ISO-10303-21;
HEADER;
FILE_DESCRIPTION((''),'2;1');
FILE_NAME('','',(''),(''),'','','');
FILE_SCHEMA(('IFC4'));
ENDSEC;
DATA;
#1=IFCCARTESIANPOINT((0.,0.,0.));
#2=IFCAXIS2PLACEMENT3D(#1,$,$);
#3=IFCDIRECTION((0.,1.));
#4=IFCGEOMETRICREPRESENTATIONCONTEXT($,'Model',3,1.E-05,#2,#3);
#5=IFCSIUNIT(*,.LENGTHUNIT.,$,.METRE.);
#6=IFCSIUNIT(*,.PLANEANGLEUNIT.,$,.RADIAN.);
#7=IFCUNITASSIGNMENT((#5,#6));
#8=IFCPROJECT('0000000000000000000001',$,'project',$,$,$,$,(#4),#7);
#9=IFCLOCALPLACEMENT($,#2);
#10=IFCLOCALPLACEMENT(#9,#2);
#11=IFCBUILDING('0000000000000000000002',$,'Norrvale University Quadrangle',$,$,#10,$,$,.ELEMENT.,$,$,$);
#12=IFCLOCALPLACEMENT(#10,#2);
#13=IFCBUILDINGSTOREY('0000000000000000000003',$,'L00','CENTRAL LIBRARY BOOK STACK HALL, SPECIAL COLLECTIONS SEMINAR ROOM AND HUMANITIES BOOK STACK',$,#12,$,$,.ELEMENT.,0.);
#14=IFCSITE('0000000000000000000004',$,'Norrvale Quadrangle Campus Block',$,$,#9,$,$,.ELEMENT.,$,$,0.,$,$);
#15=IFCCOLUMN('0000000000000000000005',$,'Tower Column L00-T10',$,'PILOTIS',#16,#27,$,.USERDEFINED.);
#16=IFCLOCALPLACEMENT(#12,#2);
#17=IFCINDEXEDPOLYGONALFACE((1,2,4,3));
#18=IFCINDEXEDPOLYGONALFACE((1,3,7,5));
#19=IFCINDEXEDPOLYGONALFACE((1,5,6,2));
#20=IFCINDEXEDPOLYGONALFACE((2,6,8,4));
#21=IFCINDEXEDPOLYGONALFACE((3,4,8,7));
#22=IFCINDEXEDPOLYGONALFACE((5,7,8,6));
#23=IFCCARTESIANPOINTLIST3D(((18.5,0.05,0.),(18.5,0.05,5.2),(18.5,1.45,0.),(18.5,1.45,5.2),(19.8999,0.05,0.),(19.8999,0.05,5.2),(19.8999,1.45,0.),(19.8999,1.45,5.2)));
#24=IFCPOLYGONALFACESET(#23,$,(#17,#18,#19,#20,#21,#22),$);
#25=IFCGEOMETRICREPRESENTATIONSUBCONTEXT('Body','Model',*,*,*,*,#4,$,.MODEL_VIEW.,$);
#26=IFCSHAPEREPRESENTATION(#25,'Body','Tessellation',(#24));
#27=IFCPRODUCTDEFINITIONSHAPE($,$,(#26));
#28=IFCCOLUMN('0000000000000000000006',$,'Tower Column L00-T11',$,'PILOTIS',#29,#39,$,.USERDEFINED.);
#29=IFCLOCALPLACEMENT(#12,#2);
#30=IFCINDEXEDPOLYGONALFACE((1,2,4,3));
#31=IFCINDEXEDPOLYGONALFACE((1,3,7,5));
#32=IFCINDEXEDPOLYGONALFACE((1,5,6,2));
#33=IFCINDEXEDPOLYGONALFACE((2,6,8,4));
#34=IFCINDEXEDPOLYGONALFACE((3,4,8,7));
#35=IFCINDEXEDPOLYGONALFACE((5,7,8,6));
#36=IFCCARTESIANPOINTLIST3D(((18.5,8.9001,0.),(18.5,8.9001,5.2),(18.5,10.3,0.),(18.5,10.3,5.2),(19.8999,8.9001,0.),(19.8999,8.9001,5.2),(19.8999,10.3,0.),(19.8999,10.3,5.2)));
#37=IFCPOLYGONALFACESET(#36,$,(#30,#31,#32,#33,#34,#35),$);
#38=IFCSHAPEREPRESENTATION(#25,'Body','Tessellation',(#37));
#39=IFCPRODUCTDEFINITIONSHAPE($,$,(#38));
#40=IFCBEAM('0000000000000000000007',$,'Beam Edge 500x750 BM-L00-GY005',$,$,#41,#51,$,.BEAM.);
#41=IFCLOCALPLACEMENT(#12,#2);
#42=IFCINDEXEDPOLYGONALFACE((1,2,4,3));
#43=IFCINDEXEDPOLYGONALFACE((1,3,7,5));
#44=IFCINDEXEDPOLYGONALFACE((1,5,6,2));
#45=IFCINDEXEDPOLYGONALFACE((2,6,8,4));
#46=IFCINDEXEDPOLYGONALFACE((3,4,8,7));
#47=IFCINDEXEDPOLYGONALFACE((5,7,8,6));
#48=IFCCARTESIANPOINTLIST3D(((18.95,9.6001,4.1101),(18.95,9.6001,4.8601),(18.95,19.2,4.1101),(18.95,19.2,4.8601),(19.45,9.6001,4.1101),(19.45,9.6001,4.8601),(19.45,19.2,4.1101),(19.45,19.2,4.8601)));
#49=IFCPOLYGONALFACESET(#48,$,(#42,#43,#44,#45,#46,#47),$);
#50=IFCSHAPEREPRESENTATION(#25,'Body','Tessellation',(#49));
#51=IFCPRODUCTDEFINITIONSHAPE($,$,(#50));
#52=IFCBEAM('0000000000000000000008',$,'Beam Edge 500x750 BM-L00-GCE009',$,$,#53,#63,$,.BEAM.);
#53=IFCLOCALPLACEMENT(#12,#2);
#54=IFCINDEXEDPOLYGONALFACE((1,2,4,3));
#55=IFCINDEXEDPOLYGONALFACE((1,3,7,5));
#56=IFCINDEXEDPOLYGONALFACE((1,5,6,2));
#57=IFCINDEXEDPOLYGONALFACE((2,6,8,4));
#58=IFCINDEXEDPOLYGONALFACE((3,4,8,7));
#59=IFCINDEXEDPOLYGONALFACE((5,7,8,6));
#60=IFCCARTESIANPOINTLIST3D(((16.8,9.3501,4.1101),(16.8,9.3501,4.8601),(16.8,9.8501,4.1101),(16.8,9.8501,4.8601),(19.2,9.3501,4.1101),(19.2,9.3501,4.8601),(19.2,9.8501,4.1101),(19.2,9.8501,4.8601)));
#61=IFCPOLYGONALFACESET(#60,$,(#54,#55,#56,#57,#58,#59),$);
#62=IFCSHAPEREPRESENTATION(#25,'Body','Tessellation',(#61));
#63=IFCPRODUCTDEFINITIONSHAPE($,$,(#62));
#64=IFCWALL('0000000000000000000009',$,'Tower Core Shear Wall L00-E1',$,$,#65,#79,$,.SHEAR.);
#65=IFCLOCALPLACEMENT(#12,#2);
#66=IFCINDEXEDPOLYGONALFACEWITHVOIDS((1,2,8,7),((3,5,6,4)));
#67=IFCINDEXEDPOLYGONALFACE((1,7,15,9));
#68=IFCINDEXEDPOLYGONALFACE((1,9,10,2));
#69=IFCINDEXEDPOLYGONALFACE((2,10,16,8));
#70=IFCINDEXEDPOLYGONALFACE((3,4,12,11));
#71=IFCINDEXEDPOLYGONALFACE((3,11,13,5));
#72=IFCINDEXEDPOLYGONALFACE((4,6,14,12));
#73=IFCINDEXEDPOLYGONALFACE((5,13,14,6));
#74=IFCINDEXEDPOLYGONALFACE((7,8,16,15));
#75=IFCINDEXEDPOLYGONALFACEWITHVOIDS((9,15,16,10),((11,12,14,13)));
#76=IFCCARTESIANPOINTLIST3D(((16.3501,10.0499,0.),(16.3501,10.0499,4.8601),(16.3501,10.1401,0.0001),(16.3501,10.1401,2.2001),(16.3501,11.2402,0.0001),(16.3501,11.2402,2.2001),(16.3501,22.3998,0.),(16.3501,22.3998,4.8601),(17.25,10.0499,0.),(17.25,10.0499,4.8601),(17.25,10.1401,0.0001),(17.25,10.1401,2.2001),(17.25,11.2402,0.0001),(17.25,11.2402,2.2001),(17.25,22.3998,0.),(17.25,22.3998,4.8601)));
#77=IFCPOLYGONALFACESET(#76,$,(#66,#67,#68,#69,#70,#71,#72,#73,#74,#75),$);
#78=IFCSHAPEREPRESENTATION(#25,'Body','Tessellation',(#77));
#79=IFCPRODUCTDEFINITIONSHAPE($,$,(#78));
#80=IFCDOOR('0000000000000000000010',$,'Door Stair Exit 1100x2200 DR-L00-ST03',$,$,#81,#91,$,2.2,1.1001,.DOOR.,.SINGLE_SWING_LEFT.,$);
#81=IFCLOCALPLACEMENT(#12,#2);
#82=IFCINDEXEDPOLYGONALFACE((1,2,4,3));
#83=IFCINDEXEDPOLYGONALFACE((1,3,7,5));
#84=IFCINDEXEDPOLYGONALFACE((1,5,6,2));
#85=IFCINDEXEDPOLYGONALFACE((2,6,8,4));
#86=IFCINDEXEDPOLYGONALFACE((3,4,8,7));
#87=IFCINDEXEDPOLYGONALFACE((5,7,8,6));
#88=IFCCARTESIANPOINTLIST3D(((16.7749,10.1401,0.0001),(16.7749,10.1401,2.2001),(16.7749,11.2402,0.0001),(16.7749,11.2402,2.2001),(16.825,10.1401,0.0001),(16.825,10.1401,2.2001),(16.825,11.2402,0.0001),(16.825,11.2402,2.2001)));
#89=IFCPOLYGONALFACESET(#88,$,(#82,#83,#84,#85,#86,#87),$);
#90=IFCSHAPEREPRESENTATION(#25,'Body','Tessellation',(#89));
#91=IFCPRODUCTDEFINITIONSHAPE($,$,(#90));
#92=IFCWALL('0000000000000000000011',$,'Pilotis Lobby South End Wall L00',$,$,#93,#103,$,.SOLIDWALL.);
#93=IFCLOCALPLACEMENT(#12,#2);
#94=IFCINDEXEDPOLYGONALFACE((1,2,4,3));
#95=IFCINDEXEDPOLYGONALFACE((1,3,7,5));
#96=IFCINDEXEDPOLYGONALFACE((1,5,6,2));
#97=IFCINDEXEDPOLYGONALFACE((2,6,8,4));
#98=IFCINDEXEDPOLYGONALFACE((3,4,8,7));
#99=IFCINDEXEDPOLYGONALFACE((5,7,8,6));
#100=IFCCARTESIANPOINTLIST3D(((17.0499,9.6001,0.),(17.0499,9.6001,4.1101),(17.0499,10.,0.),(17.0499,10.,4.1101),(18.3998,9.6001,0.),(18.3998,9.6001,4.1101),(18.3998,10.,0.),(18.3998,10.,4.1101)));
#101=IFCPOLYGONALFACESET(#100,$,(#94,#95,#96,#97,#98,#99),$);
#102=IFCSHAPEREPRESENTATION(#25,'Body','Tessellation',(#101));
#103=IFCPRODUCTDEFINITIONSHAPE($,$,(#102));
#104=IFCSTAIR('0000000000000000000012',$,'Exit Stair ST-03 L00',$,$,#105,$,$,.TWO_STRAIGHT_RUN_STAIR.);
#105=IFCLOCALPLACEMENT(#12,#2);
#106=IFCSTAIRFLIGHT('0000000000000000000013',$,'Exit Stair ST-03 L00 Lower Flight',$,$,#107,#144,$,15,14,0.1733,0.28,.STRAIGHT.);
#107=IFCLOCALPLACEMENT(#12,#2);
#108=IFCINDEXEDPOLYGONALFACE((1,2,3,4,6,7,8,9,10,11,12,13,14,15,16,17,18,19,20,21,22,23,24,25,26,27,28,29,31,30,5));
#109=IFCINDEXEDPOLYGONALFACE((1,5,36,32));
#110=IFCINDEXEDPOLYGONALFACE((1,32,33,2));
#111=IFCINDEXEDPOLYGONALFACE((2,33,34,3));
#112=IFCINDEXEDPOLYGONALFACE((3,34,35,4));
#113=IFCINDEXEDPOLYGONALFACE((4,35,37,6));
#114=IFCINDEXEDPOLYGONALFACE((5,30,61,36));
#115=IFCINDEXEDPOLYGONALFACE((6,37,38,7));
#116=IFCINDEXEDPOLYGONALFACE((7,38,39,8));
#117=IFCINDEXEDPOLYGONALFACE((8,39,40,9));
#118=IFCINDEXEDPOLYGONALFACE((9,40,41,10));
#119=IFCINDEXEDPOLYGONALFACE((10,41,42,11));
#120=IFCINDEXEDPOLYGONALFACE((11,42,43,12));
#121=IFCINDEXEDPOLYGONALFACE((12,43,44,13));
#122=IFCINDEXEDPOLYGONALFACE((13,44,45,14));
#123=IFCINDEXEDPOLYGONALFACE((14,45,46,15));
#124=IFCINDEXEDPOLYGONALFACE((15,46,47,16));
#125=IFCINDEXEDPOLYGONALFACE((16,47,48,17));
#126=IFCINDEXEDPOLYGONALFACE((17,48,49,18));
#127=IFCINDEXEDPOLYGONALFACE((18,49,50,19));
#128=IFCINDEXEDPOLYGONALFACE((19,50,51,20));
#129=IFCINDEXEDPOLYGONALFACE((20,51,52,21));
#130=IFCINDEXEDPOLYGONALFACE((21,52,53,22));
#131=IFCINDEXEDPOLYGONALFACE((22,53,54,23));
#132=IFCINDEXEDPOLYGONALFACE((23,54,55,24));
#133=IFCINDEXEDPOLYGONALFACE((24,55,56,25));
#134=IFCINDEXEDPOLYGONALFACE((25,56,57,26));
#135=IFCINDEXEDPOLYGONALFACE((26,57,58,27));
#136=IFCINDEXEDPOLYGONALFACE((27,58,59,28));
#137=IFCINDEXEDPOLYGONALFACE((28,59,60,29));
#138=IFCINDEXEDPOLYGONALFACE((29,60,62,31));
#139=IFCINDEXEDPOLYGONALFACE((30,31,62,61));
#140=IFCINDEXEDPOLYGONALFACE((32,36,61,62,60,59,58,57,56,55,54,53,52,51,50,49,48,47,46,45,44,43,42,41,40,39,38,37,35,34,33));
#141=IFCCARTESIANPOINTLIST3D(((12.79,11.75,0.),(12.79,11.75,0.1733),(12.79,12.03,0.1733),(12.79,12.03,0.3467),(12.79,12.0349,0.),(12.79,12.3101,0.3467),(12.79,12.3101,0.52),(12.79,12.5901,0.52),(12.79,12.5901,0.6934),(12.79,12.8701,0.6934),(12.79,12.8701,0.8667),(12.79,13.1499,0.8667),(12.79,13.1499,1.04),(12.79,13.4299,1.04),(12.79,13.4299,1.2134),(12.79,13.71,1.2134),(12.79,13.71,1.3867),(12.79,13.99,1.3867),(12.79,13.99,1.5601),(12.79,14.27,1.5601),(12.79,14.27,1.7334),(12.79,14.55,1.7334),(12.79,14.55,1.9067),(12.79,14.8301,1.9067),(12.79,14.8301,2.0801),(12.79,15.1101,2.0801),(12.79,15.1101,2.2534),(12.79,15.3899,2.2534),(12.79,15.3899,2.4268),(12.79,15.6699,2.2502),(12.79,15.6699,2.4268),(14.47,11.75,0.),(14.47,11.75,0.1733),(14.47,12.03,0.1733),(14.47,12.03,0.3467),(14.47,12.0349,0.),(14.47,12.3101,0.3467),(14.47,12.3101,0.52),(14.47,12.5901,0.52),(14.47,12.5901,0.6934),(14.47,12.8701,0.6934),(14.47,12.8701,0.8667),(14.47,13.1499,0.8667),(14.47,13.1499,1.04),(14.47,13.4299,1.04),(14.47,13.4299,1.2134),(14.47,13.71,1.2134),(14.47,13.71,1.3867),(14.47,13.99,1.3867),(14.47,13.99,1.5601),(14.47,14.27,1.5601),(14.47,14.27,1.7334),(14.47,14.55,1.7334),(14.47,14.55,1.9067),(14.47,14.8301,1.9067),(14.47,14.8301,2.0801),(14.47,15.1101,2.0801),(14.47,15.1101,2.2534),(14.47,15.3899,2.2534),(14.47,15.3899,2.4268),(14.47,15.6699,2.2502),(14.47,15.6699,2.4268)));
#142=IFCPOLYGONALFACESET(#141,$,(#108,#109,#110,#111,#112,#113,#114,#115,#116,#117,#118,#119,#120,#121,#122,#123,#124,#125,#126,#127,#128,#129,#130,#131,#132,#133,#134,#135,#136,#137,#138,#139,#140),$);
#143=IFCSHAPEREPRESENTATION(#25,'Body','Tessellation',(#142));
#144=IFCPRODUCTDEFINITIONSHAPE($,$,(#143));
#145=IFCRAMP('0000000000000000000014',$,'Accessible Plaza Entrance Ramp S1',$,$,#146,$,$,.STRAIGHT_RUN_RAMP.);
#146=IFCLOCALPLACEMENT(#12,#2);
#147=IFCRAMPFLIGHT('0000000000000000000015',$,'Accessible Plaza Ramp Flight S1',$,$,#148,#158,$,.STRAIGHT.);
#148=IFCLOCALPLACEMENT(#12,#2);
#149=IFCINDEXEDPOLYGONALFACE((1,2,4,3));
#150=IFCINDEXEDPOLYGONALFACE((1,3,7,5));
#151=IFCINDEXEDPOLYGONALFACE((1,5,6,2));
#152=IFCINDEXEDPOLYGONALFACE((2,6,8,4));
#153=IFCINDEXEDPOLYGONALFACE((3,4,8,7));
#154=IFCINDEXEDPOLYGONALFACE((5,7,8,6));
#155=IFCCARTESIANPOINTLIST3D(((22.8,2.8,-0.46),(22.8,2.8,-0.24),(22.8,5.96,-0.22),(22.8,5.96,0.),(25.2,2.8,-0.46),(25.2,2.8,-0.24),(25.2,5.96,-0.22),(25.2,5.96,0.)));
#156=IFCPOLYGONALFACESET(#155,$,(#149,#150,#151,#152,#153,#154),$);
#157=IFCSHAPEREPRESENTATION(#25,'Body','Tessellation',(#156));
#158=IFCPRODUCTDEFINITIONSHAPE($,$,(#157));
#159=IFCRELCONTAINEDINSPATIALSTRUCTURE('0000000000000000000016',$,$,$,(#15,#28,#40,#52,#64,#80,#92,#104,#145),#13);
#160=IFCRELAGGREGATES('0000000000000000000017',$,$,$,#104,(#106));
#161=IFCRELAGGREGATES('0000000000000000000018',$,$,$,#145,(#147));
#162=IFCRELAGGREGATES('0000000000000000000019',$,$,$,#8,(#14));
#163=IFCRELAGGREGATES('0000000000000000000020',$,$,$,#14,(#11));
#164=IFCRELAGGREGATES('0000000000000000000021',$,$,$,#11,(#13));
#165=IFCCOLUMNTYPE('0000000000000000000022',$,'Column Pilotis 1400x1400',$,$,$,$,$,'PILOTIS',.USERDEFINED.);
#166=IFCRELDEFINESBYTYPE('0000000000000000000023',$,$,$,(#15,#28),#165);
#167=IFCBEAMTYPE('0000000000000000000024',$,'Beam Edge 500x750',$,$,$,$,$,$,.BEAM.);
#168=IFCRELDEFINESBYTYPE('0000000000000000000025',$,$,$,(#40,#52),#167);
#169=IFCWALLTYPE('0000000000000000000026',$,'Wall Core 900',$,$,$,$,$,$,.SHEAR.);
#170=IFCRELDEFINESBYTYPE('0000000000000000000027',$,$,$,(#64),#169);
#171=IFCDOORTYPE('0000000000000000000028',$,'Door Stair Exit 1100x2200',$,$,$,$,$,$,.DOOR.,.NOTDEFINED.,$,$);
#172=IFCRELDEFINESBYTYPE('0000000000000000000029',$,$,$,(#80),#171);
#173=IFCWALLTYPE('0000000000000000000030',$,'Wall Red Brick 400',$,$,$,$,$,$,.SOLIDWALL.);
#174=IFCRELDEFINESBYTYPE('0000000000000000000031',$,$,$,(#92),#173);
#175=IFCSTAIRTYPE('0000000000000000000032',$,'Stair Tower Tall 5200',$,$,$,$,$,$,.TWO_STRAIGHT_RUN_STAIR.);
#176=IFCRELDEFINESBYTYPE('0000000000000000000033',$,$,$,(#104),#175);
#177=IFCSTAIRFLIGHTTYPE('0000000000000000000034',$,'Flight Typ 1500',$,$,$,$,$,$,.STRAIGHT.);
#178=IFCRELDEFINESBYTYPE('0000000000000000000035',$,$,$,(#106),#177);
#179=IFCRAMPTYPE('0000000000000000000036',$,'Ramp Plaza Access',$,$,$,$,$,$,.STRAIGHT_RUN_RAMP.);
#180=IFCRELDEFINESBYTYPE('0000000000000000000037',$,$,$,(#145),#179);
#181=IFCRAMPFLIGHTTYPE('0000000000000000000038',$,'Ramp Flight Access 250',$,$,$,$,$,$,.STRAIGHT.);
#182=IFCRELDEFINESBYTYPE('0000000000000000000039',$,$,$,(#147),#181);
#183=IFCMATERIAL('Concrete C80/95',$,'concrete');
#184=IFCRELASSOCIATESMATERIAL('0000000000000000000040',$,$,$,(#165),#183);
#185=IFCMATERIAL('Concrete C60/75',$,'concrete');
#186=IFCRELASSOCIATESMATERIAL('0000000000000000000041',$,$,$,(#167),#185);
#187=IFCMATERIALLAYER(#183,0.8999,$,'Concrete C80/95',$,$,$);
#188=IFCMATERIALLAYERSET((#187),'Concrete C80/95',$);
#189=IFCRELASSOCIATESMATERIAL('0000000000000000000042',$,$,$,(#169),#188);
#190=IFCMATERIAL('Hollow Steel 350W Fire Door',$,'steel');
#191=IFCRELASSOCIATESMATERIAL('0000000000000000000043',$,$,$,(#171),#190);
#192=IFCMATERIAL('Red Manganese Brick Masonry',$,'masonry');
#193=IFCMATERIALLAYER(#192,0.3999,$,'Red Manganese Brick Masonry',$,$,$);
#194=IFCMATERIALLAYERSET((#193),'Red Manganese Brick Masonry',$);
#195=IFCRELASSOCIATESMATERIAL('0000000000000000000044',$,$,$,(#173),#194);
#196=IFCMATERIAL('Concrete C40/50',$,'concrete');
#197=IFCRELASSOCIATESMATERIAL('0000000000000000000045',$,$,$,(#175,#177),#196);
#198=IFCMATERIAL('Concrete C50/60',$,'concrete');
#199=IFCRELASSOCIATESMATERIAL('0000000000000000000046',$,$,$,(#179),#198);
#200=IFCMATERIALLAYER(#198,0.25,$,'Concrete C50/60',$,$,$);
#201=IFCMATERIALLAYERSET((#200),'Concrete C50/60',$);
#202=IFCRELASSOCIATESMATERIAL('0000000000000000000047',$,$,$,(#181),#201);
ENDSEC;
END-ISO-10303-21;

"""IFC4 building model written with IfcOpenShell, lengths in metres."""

from ifc_helpers import new_model, si_unit, direction, frame, frame_2d, origin, origin_2d, place, context, subcontext, project, spatial, polyline, rectangle, outline, extrude, material, layer, layer_set, material_profile, profile_set, type_object, element, fill, aggregate, save


model = new_model("IFC4")

# Units and contexts
model_context = context("Model", 3, precision=1e-05, world=origin(), true_north=direction((0.0, 1.0)))
body_context = subcontext(model_context, "Body", "Model", "MODEL_VIEW")
ifc_project = project(units=[si_unit("LENGTHUNIT", "METRE"), si_unit("PLANEANGLEUNIT", "RADIAN")], contexts=[model_context])

# Site, building, storey
site_placement = place(None, origin())
site = spatial("IfcSite", under=ifc_project, at=site_placement, Name="Norrvale Quadrangle Campus Block", CompositionType="ELEMENT", RefElevation=0.0)
building_placement = place(site_placement, origin())
building = spatial("IfcBuilding", under=site, at=building_placement, Name="Norrvale University Quadrangle", CompositionType="ELEMENT")
storey_placement = place(building_placement, origin())
storey = spatial("IfcBuildingStorey", under=building, at=storey_placement, Name="L00", Description="CENTRAL LIBRARY BOOK STACK HALL, SPECIAL COLLECTIONS SEMINAR ROOM AND HUMANITIES BOOK STACK", CompositionType="ELEMENT", Elevation=0.0)

# Columns
ifc_material_1 = material(Name="Concrete C80/95", Category="concrete")
ifc_material_profile_1 = material_profile(ifc_material_1, rectangle(XDim=1.3999, YDim=1.3999, at=origin_2d()), Name="Concrete C80/95")
ifc_profile_set_1 = profile_set([ifc_material_profile_1], Name="Concrete C80/95")
column_type = type_object("IfcColumnType", Name="Column Pilotis 1400x1400", ElementType="PILOTIS", PredefinedType="USERDEFINED", material=ifc_profile_set_1)
for number, where, z_axis, x_axis, name in (
    (1, (19.2, 0.75, 0.0), (0.0, 0.0, 1.0), (1.0, 0.0, 0.0), "Tower Column L00-T10"),
    (2, (19.2, 9.6001, 0.0), (0.0, 0.0, 1.0), (1.0, 0.0, 0.0), "Tower Column L00-T11"),
):
    element("IfcColumn", number, at=place(storey_placement, frame(where, z_axis=z_axis, x_axis=x_axis)), inside=storey, type_object=column_type, Name=name, ObjectType="PILOTIS", PredefinedType="USERDEFINED", context=body_context, shape_type="SweptSolid", body=[
        extrude(rectangle(XDim=1.3999, YDim=1.3999, at=origin_2d()), origin(), (0.0, 0.0, 1.0), 5.2),
    ])

# Beams
ifc_material_2 = material(Name="Concrete C60/75", Category="concrete")
ifc_material_profile_2 = material_profile(ifc_material_2, rectangle(XDim=0.5, YDim=0.75, at=origin_2d()), Name="Concrete C60/75")
ifc_profile_set_2 = profile_set([ifc_material_profile_2], Name="Concrete C60/75")
beam_type = type_object("IfcBeamType", Name="Beam Edge 500x750", PredefinedType="BEAM", material=ifc_profile_set_2)
beam_1_placement = place(storey_placement, frame((19.2, 9.6001, 4.4851), z_axis=(0.0, 1.0, 0.0), x_axis=(-1.0, 0.0, 0.0)))
element("IfcBeam", 3, at=beam_1_placement, inside=storey, type_object=beam_type, Name="Beam Edge 500x750 BM-L00-GY005", PredefinedType="BEAM", context=body_context, shape_type="SweptSolid", body=[
    extrude(rectangle(XDim=0.5, YDim=0.75, at=origin_2d()), origin(), (0.0, 0.0, 1.0), 9.5999),
])
beam_2_placement = place(storey_placement, frame((16.8, 9.6001, 4.4851), z_axis=(1.0, 0.0, 0.0), x_axis=(0.0, 1.0, 0.0)))
element("IfcBeam", 4, at=beam_2_placement, inside=storey, type_object=beam_type, Name="Beam Edge 500x750 BM-L00-GCE009", PredefinedType="BEAM", context=body_context, shape_type="SweptSolid", body=[
    extrude(rectangle(XDim=0.5, YDim=0.75, at=origin_2d()), origin(), (0.0, 0.0, 1.0), 2.3999),
])

# Wall, opening, door
ifc_layer_1 = layer(ifc_material_1, 0.8999, Name="Concrete C80/95")
ifc_layer_set_1 = layer_set([ifc_layer_1], Name="Concrete C80/95")
wall_type_1 = type_object("IfcWallType", Name="Wall Core 900", PredefinedType="SHEAR", material=ifc_layer_set_1)
wall_1_placement = place(storey_placement, frame((16.8, 10.05, 0.0), z_axis=(0.0, 0.0, 1.0), x_axis=(0.0, 1.0, 0.0)))
wall_1 = element("IfcWall", 5, at=wall_1_placement, inside=storey, type_object=wall_type_1, Name="Tower Core Shear Wall L00-E1", PredefinedType="SHEAR", context=body_context, shape_type="SweptSolid", body=[
    extrude(rectangle(XDim=12.3499, YDim=0.8999, at=frame_2d((6.1748, 0.0))), origin(), (0.0, 0.0, 1.0), 4.8601),
])
opening_placement = place(wall_1_placement, frame((0.0901, 0.0, 0.0)))
opening = element("IfcOpeningElement", 6, at=opening_placement, cuts=wall_1, PredefinedType="OPENING", context=body_context, shape_type="SweptSolid", body=[
    extrude(rectangle(XDim=1.1001, YDim=2.2, at=frame_2d((0.55, 1.1001))), frame((0.0, 0.4619, 0.0), z_axis=(0.0, -1.0, 0.0), x_axis=(1.0, 0.0, 0.0)), (0.0, 0.0, 1.0), 0.9238),
])
ifc_material_3 = material(Name="Hollow Steel 350W Fire Door", Category="steel")
door_type = type_object("IfcDoorType", Name="Door Stair Exit 1100x2200", OperationType="NOTDEFINED", PredefinedType="DOOR", material=ifc_material_3)
door_placement = place(opening_placement, frame((1.1001, 0.0, 0.0), z_axis=(0.0, 0.0, 1.0), x_axis=(-1.0, 0.0, 0.0)))
door = element("IfcDoor", 7, at=door_placement, inside=storey, type_object=door_type, Name="Door Stair Exit 1100x2200 DR-L00-ST03", OperationType="SINGLE_SWING_LEFT", OverallHeight=2.2, OverallWidth=1.1001, PredefinedType="DOOR", context=body_context, shape_type="SweptSolid", body=[
    extrude(rectangle(XDim=1.1001, YDim=2.2, at=frame_2d((0.55, 1.1001))), frame((0.0, 0.0249, 0.0), z_axis=(0.0, -1.0, 0.0), x_axis=(1.0, 0.0, 0.0)), (0.0, 0.0, 1.0), 0.05),
])
fill(opening, door)

# Wall
ifc_material_4 = material(Name="Red Manganese Brick Masonry", Category="masonry")
ifc_layer_2 = layer(ifc_material_4, 0.3999, Name="Red Manganese Brick Masonry")
ifc_layer_set_2 = layer_set([ifc_layer_2], Name="Red Manganese Brick Masonry")
wall_type_2 = type_object("IfcWallType", Name="Wall Red Brick 400", PredefinedType="SOLIDWALL", material=ifc_layer_set_2)
wall_2_placement = place(storey_placement, frame((17.05, 9.8, 0.0), z_axis=(0.0, 0.0, 1.0), x_axis=(1.0, 0.0, 0.0)))
element("IfcWall", 8, at=wall_2_placement, inside=storey, type_object=wall_type_2, Name="Pilotis Lobby South End Wall L00", PredefinedType="SOLIDWALL", context=body_context, shape_type="SweptSolid", body=[
    extrude(rectangle(XDim=1.3499, YDim=0.3999, at=frame_2d((0.6748, 0.0))), origin(), (0.0, 0.0, 1.0), 4.1101),
])

# Stair, stair flight
ifc_material_5 = material(Name="Concrete C40/50", Category="concrete")
stair_type = type_object("IfcStairType", Name="Stair Tower Tall 5200", PredefinedType="TWO_STRAIGHT_RUN_STAIR", material=ifc_material_5)
stair_placement = place(storey_placement, origin())
stair = element("IfcStair", 9, at=stair_placement, inside=storey, type_object=stair_type, Name="Exit Stair ST-03 L00", PredefinedType="TWO_STRAIGHT_RUN_STAIR")
stair_flight_type = type_object("IfcStairFlightType", Name="Flight Typ 1500", PredefinedType="STRAIGHT", material=ifc_material_5)
stair_flight_placement = place(storey_placement, frame((13.6299, 11.75, 0.0), z_axis=(0.0, 0.0, 1.0), x_axis=(0.0, 1.0, 0.0)))
stair_flight = element("IfcStairFlight", 10, at=stair_flight_placement, type_object=stair_flight_type, Name="Exit Stair ST-03 L00 Lower Flight", NumberOfRisers=15, NumberOfTreads=14, PredefinedType="STRAIGHT", RiserHeight=0.1733, TreadLength=0.28, context=body_context, shape_type="SweptSolid", body=[
    extrude(outline(polyline([(0.0, 0.0), (0.0, 0.1733), (0.28, 0.1733), (0.28, 0.3467), (0.5601, 0.3467), (0.5601, 0.52), (0.8401, 0.52), (0.8401, 0.6934), (1.1201, 0.6934), (1.1201, 0.8667), (1.3999, 0.8667), (1.3999, 1.04), (1.6799, 1.04), (1.6799, 1.2134), (1.96, 1.2134), (1.96, 1.3867), (2.24, 1.3867), (2.24, 1.5601), (2.52, 1.5601), (2.52, 1.7334), (2.8, 1.7334), (2.8, 1.9067), (3.0801, 1.9067), (3.0801, 2.0801), (3.3601, 2.0801), (3.3601, 2.2534), (3.6399, 2.2534), (3.6399, 2.4268), (3.9199, 2.4268), (3.9199, 2.6001), (3.9199, 2.2502), (0.2849, 0.0), (0.0, 0.0)])), frame((0.0, 0.8398, 0.0), z_axis=(0.0, -1.0, 0.0), x_axis=(1.0, 0.0, 0.0)), (0.0, 0.0, 1.0), 1.6799),
])
aggregate(stair, [stair_flight])

# Ramp, ramp flight
ifc_material_6 = material(Name="Concrete C50/60", Category="concrete")
ramp_type = type_object("IfcRampType", Name="Ramp Plaza Access", PredefinedType="STRAIGHT_RUN_RAMP", material=ifc_material_6)
ramp_placement = place(storey_placement, origin())
ramp = element("IfcRamp", 11, at=ramp_placement, inside=storey, type_object=ramp_type, Name="Accessible Plaza Entrance Ramp S1", PredefinedType="STRAIGHT_RUN_RAMP")
ifc_layer_3 = layer(ifc_material_6, 0.25, Name="Concrete C50/60")
ifc_layer_set_3 = layer_set([ifc_layer_3], Name="Concrete C50/60")
ramp_flight_type = type_object("IfcRampFlightType", Name="Ramp Flight Access 250", PredefinedType="STRAIGHT", material=ifc_layer_set_3)
ramp_flight_placement = place(storey_placement, frame((24.0, 2.8, -0.24), z_axis=(0.0, 0.0, 1.0), x_axis=(0.0, 1.0, 0.0)))
ramp_flight = element("IfcRampFlight", 12, at=ramp_flight_placement, type_object=ramp_flight_type, Name="Accessible Plaza Ramp Flight S1", PredefinedType="STRAIGHT", context=body_context, shape_type="SweptSolid", body=[
    extrude(outline(polyline([(0.0, 0.0), (3.1599, 0.24), (3.1599, 0.02), (0.0, -0.22), (0.0, 0.0)])), frame((0.0, 1.2, 0.0), z_axis=(0.0, -1.0, 0.0), x_axis=(1.0, 0.0, 0.0)), (0.0, 0.0, 1.0), 2.3999),
])
aggregate(ramp, [ramp_flight])

save(model, "model.ifc")
